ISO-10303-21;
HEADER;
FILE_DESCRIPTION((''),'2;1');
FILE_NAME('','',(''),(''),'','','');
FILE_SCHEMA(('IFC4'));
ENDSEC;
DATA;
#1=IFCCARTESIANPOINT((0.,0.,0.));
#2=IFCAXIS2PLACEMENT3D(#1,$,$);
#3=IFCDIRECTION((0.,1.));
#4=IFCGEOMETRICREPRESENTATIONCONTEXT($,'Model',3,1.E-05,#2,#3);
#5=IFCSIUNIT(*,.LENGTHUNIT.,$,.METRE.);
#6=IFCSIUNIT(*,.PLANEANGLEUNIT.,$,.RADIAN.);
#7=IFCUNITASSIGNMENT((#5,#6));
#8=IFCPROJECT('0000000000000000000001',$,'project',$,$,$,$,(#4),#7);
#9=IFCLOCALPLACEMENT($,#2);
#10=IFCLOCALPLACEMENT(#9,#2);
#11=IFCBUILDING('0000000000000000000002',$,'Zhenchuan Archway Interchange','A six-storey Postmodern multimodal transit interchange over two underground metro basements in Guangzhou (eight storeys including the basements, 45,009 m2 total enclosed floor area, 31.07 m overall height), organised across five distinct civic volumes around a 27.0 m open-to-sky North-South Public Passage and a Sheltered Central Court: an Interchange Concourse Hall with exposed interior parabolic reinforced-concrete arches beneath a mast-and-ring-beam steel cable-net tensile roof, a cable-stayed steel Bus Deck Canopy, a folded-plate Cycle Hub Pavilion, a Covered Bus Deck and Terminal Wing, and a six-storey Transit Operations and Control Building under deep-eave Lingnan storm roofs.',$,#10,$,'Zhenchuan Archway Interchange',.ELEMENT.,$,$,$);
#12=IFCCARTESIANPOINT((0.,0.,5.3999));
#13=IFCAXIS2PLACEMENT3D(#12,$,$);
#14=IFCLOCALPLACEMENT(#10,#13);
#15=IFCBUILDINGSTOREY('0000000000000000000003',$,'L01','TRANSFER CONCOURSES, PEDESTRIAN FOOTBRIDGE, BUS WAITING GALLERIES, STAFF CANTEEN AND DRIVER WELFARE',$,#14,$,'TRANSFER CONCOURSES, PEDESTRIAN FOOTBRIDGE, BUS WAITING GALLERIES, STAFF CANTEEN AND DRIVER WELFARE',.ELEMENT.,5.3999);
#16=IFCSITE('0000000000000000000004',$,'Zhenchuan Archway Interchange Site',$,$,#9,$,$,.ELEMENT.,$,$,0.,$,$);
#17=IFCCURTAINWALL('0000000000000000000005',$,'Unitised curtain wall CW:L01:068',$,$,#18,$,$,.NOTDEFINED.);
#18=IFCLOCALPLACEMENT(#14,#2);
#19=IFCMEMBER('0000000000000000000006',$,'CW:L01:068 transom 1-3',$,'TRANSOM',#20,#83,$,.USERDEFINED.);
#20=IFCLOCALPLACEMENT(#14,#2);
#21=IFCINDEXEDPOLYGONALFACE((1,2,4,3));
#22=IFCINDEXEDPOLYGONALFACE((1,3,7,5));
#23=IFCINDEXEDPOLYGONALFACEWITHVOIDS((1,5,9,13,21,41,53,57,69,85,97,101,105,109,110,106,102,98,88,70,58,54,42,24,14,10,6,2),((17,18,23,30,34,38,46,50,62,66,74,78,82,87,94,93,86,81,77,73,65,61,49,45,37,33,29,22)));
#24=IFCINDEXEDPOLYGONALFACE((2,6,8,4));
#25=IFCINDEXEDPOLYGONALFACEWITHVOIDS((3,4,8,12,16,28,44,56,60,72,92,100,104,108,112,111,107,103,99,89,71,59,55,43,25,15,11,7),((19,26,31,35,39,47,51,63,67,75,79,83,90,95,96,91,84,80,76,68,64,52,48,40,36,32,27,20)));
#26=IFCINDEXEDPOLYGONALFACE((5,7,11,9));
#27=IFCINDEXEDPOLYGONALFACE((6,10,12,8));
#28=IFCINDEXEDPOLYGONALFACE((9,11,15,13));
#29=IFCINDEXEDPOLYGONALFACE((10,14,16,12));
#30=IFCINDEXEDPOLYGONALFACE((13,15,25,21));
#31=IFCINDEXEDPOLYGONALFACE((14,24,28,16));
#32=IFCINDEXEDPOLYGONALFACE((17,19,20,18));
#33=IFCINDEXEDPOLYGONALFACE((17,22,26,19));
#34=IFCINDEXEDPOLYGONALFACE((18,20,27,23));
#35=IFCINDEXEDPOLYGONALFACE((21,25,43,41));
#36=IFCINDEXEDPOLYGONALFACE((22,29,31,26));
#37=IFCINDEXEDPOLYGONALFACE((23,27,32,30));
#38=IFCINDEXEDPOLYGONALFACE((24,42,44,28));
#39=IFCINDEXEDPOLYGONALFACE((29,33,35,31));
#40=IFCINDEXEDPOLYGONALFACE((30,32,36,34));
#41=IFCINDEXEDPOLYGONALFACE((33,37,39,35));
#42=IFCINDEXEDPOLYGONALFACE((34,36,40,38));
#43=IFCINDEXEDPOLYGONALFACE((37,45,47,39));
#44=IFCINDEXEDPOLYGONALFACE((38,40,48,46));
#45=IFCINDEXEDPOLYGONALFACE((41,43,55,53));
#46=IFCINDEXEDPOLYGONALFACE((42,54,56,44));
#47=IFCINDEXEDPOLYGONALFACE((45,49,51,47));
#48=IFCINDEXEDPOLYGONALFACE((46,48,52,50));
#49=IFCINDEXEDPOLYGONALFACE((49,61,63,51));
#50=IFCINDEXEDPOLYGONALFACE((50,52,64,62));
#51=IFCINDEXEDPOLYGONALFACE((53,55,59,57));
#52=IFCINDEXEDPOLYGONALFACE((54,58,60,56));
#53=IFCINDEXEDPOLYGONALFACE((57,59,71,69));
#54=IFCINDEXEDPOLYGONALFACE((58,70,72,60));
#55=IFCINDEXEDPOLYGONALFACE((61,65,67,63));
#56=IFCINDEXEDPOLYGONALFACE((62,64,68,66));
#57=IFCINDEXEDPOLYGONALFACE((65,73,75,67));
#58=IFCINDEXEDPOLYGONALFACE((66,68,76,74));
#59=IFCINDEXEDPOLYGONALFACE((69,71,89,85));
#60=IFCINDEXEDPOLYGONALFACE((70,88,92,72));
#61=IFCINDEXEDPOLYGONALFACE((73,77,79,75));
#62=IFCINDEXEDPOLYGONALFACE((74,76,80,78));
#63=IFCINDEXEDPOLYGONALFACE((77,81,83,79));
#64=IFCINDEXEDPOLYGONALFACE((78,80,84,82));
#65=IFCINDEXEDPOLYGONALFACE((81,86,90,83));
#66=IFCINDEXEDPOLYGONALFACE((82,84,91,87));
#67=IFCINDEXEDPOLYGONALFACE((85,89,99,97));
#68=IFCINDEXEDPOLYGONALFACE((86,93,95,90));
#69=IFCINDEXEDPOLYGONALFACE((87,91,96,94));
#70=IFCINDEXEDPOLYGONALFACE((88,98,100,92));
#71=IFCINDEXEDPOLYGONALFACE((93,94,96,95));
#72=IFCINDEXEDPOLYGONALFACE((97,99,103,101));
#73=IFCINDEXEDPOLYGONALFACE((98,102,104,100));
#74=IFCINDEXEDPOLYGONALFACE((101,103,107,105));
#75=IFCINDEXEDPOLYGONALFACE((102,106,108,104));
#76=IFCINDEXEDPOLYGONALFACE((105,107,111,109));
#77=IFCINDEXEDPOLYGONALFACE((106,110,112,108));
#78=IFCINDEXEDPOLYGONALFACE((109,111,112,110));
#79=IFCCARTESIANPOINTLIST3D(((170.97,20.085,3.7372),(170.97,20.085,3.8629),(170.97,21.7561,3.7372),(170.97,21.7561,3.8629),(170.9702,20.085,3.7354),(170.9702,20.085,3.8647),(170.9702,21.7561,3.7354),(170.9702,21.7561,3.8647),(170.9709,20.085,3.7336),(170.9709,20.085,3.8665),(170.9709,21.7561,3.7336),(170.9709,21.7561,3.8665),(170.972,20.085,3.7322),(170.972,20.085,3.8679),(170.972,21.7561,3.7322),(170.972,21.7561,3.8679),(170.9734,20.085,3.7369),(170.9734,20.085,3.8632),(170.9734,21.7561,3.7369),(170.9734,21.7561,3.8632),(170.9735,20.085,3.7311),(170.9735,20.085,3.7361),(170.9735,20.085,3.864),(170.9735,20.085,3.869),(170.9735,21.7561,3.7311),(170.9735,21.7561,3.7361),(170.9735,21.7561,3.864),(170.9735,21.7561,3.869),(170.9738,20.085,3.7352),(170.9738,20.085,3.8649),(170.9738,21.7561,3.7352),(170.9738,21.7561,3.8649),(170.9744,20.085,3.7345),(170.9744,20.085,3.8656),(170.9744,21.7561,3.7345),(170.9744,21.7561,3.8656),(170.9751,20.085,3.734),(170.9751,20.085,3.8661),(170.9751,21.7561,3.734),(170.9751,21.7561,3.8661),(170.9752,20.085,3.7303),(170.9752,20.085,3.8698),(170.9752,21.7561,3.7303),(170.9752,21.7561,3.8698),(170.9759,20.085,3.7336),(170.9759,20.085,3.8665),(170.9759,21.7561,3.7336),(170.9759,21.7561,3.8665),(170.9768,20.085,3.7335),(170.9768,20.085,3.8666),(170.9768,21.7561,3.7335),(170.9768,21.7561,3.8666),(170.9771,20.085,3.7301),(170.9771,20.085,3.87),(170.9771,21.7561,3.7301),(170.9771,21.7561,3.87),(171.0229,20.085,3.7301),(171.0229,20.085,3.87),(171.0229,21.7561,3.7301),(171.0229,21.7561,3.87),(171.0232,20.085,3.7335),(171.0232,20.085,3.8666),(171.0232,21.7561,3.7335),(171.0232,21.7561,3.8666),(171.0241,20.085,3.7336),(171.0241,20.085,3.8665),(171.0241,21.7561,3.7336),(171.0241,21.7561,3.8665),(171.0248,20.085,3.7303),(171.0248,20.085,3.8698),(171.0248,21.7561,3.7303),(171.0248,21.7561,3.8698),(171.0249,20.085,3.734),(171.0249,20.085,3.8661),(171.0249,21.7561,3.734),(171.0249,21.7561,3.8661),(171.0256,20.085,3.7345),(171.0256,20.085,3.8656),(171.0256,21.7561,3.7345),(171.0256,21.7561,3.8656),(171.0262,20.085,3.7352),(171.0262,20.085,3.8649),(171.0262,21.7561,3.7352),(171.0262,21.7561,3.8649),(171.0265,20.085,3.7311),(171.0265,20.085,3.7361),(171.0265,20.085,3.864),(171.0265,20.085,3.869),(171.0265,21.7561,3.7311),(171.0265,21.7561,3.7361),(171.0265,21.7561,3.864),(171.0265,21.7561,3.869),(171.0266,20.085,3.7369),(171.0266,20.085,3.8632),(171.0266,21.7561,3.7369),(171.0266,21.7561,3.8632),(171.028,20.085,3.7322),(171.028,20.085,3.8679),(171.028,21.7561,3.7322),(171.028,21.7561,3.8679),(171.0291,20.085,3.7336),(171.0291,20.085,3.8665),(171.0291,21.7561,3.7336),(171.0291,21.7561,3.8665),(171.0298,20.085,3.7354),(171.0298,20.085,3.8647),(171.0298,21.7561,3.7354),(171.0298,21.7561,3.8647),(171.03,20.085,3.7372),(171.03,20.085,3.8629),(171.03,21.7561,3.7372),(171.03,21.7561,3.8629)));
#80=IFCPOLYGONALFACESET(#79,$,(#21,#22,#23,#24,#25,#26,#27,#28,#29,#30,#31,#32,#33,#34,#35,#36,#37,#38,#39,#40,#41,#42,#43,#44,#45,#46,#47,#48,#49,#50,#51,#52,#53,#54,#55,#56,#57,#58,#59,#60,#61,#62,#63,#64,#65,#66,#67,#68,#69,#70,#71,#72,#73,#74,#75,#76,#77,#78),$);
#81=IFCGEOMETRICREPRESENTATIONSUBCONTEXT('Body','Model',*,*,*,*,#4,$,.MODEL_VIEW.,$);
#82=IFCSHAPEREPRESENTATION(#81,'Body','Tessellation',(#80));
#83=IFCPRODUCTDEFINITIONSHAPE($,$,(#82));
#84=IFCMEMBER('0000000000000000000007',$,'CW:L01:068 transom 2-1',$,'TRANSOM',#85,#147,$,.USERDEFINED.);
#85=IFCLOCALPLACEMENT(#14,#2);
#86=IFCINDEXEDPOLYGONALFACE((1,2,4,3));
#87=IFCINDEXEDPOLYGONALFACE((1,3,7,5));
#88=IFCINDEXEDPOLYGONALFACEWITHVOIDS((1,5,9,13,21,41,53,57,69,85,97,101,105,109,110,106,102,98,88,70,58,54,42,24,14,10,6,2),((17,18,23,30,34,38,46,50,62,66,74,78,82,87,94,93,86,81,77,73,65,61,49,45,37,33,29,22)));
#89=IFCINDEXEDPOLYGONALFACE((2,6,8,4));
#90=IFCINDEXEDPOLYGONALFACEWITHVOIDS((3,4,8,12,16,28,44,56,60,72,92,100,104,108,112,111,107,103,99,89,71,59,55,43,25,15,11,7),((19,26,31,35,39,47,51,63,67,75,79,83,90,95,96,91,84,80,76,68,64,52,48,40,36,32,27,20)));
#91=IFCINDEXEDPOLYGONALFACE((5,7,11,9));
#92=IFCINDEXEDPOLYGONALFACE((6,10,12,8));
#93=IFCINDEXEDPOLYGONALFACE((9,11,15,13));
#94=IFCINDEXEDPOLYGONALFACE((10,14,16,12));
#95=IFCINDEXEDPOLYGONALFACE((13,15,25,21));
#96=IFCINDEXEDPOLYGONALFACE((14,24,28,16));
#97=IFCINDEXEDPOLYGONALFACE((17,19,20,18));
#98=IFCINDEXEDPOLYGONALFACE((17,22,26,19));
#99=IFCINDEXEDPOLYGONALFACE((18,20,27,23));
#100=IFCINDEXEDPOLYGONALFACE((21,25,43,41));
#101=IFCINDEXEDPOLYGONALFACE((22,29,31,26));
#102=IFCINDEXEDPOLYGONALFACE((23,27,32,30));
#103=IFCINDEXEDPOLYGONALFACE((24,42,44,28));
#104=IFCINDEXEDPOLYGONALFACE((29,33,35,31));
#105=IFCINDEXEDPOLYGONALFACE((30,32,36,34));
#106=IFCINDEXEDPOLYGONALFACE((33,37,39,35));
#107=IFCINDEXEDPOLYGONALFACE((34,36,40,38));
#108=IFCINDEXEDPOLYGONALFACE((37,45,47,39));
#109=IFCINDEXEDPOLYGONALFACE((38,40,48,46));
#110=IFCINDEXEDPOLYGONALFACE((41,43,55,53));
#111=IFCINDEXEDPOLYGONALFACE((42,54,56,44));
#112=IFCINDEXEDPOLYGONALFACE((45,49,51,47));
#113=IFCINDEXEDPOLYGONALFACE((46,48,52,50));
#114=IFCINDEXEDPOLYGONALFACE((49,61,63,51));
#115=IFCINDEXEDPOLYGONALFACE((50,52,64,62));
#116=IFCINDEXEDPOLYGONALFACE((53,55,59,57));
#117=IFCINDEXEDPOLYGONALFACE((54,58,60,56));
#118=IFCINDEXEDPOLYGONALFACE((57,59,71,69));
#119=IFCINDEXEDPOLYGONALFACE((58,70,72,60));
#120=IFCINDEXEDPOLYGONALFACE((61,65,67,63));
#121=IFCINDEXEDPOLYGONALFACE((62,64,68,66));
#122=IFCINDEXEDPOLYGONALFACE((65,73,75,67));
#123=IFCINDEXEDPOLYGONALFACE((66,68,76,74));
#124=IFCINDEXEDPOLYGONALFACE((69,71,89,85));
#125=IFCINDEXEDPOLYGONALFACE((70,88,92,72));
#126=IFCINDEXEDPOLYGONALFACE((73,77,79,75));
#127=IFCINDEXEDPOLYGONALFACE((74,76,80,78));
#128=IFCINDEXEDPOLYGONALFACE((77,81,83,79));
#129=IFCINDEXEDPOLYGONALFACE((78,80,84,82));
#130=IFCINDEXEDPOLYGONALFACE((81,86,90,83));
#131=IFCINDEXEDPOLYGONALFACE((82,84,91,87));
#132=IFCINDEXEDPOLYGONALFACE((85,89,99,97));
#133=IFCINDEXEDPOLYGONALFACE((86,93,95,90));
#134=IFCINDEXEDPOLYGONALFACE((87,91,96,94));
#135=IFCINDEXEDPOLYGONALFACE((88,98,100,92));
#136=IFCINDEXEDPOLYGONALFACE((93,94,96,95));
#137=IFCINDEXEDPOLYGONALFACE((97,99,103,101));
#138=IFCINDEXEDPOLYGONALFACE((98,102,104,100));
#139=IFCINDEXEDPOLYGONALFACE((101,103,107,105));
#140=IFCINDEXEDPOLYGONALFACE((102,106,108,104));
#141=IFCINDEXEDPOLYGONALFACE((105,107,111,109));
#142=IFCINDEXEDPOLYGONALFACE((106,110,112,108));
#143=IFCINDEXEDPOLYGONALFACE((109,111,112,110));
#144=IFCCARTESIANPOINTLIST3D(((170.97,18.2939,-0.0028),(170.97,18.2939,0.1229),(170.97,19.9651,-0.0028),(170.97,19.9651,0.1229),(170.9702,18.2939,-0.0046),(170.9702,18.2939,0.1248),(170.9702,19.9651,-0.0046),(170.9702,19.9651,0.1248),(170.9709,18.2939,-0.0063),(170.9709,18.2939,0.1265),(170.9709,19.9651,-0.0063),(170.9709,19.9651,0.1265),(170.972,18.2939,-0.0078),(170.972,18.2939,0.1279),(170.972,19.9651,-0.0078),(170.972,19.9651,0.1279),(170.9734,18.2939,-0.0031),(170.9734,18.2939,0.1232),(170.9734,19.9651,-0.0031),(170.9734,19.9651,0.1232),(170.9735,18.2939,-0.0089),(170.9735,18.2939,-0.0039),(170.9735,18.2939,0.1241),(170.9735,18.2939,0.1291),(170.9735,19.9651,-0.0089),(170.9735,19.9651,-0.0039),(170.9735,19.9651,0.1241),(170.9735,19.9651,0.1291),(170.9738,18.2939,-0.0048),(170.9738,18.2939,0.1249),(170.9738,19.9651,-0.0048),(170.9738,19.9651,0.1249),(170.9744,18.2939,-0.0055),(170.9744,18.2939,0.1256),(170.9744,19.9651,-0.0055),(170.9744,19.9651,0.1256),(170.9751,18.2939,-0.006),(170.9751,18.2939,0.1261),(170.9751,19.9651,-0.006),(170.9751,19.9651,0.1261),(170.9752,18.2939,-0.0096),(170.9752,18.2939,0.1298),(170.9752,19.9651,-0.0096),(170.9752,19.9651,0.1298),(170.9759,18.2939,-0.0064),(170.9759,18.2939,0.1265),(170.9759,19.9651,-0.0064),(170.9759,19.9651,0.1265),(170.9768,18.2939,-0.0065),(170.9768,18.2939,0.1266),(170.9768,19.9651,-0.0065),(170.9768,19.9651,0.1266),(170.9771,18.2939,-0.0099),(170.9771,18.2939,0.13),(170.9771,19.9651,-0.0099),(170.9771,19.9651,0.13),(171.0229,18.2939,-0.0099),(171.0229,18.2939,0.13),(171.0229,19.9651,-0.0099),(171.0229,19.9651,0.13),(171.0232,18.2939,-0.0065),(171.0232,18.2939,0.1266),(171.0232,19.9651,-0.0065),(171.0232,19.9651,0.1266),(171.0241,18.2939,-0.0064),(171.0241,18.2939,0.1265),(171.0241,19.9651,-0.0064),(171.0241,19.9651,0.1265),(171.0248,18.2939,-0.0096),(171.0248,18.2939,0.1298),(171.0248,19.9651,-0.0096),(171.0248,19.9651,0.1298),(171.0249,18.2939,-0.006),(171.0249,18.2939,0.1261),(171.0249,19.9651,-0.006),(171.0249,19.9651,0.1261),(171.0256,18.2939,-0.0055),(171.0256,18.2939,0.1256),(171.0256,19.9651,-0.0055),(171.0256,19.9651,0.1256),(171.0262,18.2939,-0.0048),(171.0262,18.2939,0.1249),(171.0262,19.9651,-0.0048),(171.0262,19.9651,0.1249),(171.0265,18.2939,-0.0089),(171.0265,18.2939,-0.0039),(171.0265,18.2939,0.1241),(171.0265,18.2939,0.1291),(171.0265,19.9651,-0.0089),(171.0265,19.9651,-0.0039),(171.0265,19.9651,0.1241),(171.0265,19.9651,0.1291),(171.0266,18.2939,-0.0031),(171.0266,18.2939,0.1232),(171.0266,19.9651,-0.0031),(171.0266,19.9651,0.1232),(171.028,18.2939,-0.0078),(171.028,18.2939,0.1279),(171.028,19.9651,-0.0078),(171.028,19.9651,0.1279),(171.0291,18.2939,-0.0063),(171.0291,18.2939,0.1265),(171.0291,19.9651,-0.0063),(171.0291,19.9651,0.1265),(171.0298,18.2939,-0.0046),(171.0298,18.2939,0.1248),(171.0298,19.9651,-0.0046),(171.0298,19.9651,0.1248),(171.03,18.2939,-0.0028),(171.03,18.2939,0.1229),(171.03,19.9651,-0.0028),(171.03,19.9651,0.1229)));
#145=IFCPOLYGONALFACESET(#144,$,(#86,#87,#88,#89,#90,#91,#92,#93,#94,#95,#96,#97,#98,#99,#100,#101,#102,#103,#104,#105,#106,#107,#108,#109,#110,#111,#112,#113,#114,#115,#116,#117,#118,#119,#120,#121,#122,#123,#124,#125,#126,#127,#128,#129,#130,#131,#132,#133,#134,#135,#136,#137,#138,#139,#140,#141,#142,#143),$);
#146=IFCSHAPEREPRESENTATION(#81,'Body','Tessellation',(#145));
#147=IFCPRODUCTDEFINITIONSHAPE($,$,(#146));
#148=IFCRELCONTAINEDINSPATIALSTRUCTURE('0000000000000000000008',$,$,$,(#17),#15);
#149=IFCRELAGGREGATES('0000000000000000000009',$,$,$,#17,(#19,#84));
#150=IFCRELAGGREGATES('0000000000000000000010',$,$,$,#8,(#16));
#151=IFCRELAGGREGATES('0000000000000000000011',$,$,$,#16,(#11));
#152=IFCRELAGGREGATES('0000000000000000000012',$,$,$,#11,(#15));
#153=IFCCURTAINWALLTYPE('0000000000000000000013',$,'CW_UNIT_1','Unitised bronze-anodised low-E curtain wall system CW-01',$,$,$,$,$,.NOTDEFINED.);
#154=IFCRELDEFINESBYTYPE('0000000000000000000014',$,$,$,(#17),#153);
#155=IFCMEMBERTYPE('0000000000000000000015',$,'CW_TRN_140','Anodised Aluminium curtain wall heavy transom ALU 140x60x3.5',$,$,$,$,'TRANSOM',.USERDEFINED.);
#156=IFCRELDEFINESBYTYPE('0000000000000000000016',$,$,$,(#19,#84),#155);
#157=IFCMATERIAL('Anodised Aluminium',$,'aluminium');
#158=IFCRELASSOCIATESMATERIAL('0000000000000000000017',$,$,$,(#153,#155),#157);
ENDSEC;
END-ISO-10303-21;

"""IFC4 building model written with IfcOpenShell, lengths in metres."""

from ifc_helpers import new_model, si_unit, direction, frame, origin, origin_2d, place, context, subcontext, project, spatial, hollow_rectangle, extrude, material, material_profile, profile_set, type_object, element, aggregate, save


model = new_model("IFC4")

# Units and contexts
model_context = context("Model", 3, precision=1e-05, world=origin(), true_north=direction((0.0, 1.0)))
body_context = subcontext(model_context, "Body", "Model", "MODEL_VIEW")
ifc_project = project(units=[si_unit("LENGTHUNIT", "METRE"), si_unit("PLANEANGLEUNIT", "RADIAN")], contexts=[model_context])

# Site, building, storey
site_placement = place(None, origin())
site = spatial("IfcSite", under=ifc_project, at=site_placement, Name="Zhenchuan Archway Interchange Site", CompositionType="ELEMENT", RefElevation=0.0)
building_placement = place(site_placement, origin())
building = spatial("IfcBuilding", under=site, at=building_placement, Name="Zhenchuan Archway Interchange", Description="A six-storey Postmodern multimodal transit interchange over two underground metro basements in Guangzhou (eight storeys including the basements, 45,009 m2 total enclosed floor area, 31.07 m overall height), organised across five distinct civic volumes around a 27.0 m open-to-sky North-South Public Passage and a Sheltered Central Court: an Interchange Concourse Hall with exposed interior parabolic reinforced-concrete arches beneath a mast-and-ring-beam steel cable-net tensile roof, a cable-stayed steel Bus Deck Canopy, a folded-plate Cycle Hub Pavilion, a Covered Bus Deck and Terminal Wing, and a six-storey Transit Operations and Control Building under deep-eave Lingnan storm roofs.", LongName="Zhenchuan Archway Interchange", CompositionType="ELEMENT")
storey_placement = place(building_placement, frame((0.0, 0.0, 5.3999)))
storey = spatial("IfcBuildingStorey", under=building, at=storey_placement, Name="L01", Description="TRANSFER CONCOURSES, PEDESTRIAN FOOTBRIDGE, BUS WAITING GALLERIES, STAFF CANTEEN AND DRIVER WELFARE", LongName="TRANSFER CONCOURSES, PEDESTRIAN FOOTBRIDGE, BUS WAITING GALLERIES, STAFF CANTEEN AND DRIVER WELFARE", CompositionType="ELEMENT", Elevation=5.3999)

# Curtain wall, members
ifc_material_1 = material(Name="Anodised Aluminium", Category="aluminium")
curtain_wall_type = type_object("IfcCurtainWallType", Name="CW_UNIT_1", Description="Unitised bronze-anodised low-E curtain wall system CW-01", PredefinedType="NOTDEFINED", material=ifc_material_1)
curtain_wall_placement = place(storey_placement, origin())
curtain_wall = element("IfcCurtainWall", 1, at=curtain_wall_placement, inside=storey, type_object=curtain_wall_type, Name="Unitised curtain wall CW:L01:068", PredefinedType="NOTDEFINED")
ifc_material_profile_1 = material_profile(ifc_material_1, hollow_rectangle(XDim=0.0601, YDim=0.1399, WallThickness=0.0034, InnerFilletRadius=0.0034, OuterFilletRadius=0.0071, at=origin_2d()), Name="ALU 140x60x3.5")
ifc_profile_set_1 = profile_set([ifc_material_profile_1], Name="Anodised Aluminium")
member_type_1 = type_object("IfcMemberType", Name="CW_TRN_140", Description="Anodised Aluminium curtain wall heavy transom ALU 140x60x3.5", ElementType="TRANSOM", PredefinedType="USERDEFINED", material=ifc_profile_set_1)
member_1_placement = place(storey_placement, frame((171.0, 21.7561, 3.8), z_axis=(0.0, -1.0, 0.0), x_axis=(1.0, 0.0, 0.0)))
member_1 = element("IfcMember", 2, at=member_1_placement, type_object=member_type_1, Name="CW:L01:068 transom 1-3", ObjectType="TRANSOM", PredefinedType="USERDEFINED", context=body_context, shape_type="SweptSolid", body=[
    extrude(hollow_rectangle(XDim=0.0601, YDim=0.1399, WallThickness=0.0034, InnerFilletRadius=0.0034, OuterFilletRadius=0.0071, at=origin_2d()), origin(), (0.0, 0.0, 1.0), 1.6711),
])
member_2_placement = place(storey_placement, frame((171.0, 19.9651, 0.0601), z_axis=(0.0, -1.0, 0.0), x_axis=(1.0, 0.0, 0.0)))
member_2 = element("IfcMember", 3, at=member_2_placement, type_object=member_type_1, Name="CW:L01:068 transom 2-1", ObjectType="TRANSOM", PredefinedType="USERDEFINED", context=body_context, shape_type="SweptSolid", body=[
    extrude(hollow_rectangle(XDim=0.0601, YDim=0.1399, WallThickness=0.0034, InnerFilletRadius=0.0034, OuterFilletRadius=0.0071, at=origin_2d()), origin(), (0.0, 0.0, 1.0), 1.6711),
])

aggregate(curtain_wall, [member_1, member_2])

save(model, "model.ifc")
